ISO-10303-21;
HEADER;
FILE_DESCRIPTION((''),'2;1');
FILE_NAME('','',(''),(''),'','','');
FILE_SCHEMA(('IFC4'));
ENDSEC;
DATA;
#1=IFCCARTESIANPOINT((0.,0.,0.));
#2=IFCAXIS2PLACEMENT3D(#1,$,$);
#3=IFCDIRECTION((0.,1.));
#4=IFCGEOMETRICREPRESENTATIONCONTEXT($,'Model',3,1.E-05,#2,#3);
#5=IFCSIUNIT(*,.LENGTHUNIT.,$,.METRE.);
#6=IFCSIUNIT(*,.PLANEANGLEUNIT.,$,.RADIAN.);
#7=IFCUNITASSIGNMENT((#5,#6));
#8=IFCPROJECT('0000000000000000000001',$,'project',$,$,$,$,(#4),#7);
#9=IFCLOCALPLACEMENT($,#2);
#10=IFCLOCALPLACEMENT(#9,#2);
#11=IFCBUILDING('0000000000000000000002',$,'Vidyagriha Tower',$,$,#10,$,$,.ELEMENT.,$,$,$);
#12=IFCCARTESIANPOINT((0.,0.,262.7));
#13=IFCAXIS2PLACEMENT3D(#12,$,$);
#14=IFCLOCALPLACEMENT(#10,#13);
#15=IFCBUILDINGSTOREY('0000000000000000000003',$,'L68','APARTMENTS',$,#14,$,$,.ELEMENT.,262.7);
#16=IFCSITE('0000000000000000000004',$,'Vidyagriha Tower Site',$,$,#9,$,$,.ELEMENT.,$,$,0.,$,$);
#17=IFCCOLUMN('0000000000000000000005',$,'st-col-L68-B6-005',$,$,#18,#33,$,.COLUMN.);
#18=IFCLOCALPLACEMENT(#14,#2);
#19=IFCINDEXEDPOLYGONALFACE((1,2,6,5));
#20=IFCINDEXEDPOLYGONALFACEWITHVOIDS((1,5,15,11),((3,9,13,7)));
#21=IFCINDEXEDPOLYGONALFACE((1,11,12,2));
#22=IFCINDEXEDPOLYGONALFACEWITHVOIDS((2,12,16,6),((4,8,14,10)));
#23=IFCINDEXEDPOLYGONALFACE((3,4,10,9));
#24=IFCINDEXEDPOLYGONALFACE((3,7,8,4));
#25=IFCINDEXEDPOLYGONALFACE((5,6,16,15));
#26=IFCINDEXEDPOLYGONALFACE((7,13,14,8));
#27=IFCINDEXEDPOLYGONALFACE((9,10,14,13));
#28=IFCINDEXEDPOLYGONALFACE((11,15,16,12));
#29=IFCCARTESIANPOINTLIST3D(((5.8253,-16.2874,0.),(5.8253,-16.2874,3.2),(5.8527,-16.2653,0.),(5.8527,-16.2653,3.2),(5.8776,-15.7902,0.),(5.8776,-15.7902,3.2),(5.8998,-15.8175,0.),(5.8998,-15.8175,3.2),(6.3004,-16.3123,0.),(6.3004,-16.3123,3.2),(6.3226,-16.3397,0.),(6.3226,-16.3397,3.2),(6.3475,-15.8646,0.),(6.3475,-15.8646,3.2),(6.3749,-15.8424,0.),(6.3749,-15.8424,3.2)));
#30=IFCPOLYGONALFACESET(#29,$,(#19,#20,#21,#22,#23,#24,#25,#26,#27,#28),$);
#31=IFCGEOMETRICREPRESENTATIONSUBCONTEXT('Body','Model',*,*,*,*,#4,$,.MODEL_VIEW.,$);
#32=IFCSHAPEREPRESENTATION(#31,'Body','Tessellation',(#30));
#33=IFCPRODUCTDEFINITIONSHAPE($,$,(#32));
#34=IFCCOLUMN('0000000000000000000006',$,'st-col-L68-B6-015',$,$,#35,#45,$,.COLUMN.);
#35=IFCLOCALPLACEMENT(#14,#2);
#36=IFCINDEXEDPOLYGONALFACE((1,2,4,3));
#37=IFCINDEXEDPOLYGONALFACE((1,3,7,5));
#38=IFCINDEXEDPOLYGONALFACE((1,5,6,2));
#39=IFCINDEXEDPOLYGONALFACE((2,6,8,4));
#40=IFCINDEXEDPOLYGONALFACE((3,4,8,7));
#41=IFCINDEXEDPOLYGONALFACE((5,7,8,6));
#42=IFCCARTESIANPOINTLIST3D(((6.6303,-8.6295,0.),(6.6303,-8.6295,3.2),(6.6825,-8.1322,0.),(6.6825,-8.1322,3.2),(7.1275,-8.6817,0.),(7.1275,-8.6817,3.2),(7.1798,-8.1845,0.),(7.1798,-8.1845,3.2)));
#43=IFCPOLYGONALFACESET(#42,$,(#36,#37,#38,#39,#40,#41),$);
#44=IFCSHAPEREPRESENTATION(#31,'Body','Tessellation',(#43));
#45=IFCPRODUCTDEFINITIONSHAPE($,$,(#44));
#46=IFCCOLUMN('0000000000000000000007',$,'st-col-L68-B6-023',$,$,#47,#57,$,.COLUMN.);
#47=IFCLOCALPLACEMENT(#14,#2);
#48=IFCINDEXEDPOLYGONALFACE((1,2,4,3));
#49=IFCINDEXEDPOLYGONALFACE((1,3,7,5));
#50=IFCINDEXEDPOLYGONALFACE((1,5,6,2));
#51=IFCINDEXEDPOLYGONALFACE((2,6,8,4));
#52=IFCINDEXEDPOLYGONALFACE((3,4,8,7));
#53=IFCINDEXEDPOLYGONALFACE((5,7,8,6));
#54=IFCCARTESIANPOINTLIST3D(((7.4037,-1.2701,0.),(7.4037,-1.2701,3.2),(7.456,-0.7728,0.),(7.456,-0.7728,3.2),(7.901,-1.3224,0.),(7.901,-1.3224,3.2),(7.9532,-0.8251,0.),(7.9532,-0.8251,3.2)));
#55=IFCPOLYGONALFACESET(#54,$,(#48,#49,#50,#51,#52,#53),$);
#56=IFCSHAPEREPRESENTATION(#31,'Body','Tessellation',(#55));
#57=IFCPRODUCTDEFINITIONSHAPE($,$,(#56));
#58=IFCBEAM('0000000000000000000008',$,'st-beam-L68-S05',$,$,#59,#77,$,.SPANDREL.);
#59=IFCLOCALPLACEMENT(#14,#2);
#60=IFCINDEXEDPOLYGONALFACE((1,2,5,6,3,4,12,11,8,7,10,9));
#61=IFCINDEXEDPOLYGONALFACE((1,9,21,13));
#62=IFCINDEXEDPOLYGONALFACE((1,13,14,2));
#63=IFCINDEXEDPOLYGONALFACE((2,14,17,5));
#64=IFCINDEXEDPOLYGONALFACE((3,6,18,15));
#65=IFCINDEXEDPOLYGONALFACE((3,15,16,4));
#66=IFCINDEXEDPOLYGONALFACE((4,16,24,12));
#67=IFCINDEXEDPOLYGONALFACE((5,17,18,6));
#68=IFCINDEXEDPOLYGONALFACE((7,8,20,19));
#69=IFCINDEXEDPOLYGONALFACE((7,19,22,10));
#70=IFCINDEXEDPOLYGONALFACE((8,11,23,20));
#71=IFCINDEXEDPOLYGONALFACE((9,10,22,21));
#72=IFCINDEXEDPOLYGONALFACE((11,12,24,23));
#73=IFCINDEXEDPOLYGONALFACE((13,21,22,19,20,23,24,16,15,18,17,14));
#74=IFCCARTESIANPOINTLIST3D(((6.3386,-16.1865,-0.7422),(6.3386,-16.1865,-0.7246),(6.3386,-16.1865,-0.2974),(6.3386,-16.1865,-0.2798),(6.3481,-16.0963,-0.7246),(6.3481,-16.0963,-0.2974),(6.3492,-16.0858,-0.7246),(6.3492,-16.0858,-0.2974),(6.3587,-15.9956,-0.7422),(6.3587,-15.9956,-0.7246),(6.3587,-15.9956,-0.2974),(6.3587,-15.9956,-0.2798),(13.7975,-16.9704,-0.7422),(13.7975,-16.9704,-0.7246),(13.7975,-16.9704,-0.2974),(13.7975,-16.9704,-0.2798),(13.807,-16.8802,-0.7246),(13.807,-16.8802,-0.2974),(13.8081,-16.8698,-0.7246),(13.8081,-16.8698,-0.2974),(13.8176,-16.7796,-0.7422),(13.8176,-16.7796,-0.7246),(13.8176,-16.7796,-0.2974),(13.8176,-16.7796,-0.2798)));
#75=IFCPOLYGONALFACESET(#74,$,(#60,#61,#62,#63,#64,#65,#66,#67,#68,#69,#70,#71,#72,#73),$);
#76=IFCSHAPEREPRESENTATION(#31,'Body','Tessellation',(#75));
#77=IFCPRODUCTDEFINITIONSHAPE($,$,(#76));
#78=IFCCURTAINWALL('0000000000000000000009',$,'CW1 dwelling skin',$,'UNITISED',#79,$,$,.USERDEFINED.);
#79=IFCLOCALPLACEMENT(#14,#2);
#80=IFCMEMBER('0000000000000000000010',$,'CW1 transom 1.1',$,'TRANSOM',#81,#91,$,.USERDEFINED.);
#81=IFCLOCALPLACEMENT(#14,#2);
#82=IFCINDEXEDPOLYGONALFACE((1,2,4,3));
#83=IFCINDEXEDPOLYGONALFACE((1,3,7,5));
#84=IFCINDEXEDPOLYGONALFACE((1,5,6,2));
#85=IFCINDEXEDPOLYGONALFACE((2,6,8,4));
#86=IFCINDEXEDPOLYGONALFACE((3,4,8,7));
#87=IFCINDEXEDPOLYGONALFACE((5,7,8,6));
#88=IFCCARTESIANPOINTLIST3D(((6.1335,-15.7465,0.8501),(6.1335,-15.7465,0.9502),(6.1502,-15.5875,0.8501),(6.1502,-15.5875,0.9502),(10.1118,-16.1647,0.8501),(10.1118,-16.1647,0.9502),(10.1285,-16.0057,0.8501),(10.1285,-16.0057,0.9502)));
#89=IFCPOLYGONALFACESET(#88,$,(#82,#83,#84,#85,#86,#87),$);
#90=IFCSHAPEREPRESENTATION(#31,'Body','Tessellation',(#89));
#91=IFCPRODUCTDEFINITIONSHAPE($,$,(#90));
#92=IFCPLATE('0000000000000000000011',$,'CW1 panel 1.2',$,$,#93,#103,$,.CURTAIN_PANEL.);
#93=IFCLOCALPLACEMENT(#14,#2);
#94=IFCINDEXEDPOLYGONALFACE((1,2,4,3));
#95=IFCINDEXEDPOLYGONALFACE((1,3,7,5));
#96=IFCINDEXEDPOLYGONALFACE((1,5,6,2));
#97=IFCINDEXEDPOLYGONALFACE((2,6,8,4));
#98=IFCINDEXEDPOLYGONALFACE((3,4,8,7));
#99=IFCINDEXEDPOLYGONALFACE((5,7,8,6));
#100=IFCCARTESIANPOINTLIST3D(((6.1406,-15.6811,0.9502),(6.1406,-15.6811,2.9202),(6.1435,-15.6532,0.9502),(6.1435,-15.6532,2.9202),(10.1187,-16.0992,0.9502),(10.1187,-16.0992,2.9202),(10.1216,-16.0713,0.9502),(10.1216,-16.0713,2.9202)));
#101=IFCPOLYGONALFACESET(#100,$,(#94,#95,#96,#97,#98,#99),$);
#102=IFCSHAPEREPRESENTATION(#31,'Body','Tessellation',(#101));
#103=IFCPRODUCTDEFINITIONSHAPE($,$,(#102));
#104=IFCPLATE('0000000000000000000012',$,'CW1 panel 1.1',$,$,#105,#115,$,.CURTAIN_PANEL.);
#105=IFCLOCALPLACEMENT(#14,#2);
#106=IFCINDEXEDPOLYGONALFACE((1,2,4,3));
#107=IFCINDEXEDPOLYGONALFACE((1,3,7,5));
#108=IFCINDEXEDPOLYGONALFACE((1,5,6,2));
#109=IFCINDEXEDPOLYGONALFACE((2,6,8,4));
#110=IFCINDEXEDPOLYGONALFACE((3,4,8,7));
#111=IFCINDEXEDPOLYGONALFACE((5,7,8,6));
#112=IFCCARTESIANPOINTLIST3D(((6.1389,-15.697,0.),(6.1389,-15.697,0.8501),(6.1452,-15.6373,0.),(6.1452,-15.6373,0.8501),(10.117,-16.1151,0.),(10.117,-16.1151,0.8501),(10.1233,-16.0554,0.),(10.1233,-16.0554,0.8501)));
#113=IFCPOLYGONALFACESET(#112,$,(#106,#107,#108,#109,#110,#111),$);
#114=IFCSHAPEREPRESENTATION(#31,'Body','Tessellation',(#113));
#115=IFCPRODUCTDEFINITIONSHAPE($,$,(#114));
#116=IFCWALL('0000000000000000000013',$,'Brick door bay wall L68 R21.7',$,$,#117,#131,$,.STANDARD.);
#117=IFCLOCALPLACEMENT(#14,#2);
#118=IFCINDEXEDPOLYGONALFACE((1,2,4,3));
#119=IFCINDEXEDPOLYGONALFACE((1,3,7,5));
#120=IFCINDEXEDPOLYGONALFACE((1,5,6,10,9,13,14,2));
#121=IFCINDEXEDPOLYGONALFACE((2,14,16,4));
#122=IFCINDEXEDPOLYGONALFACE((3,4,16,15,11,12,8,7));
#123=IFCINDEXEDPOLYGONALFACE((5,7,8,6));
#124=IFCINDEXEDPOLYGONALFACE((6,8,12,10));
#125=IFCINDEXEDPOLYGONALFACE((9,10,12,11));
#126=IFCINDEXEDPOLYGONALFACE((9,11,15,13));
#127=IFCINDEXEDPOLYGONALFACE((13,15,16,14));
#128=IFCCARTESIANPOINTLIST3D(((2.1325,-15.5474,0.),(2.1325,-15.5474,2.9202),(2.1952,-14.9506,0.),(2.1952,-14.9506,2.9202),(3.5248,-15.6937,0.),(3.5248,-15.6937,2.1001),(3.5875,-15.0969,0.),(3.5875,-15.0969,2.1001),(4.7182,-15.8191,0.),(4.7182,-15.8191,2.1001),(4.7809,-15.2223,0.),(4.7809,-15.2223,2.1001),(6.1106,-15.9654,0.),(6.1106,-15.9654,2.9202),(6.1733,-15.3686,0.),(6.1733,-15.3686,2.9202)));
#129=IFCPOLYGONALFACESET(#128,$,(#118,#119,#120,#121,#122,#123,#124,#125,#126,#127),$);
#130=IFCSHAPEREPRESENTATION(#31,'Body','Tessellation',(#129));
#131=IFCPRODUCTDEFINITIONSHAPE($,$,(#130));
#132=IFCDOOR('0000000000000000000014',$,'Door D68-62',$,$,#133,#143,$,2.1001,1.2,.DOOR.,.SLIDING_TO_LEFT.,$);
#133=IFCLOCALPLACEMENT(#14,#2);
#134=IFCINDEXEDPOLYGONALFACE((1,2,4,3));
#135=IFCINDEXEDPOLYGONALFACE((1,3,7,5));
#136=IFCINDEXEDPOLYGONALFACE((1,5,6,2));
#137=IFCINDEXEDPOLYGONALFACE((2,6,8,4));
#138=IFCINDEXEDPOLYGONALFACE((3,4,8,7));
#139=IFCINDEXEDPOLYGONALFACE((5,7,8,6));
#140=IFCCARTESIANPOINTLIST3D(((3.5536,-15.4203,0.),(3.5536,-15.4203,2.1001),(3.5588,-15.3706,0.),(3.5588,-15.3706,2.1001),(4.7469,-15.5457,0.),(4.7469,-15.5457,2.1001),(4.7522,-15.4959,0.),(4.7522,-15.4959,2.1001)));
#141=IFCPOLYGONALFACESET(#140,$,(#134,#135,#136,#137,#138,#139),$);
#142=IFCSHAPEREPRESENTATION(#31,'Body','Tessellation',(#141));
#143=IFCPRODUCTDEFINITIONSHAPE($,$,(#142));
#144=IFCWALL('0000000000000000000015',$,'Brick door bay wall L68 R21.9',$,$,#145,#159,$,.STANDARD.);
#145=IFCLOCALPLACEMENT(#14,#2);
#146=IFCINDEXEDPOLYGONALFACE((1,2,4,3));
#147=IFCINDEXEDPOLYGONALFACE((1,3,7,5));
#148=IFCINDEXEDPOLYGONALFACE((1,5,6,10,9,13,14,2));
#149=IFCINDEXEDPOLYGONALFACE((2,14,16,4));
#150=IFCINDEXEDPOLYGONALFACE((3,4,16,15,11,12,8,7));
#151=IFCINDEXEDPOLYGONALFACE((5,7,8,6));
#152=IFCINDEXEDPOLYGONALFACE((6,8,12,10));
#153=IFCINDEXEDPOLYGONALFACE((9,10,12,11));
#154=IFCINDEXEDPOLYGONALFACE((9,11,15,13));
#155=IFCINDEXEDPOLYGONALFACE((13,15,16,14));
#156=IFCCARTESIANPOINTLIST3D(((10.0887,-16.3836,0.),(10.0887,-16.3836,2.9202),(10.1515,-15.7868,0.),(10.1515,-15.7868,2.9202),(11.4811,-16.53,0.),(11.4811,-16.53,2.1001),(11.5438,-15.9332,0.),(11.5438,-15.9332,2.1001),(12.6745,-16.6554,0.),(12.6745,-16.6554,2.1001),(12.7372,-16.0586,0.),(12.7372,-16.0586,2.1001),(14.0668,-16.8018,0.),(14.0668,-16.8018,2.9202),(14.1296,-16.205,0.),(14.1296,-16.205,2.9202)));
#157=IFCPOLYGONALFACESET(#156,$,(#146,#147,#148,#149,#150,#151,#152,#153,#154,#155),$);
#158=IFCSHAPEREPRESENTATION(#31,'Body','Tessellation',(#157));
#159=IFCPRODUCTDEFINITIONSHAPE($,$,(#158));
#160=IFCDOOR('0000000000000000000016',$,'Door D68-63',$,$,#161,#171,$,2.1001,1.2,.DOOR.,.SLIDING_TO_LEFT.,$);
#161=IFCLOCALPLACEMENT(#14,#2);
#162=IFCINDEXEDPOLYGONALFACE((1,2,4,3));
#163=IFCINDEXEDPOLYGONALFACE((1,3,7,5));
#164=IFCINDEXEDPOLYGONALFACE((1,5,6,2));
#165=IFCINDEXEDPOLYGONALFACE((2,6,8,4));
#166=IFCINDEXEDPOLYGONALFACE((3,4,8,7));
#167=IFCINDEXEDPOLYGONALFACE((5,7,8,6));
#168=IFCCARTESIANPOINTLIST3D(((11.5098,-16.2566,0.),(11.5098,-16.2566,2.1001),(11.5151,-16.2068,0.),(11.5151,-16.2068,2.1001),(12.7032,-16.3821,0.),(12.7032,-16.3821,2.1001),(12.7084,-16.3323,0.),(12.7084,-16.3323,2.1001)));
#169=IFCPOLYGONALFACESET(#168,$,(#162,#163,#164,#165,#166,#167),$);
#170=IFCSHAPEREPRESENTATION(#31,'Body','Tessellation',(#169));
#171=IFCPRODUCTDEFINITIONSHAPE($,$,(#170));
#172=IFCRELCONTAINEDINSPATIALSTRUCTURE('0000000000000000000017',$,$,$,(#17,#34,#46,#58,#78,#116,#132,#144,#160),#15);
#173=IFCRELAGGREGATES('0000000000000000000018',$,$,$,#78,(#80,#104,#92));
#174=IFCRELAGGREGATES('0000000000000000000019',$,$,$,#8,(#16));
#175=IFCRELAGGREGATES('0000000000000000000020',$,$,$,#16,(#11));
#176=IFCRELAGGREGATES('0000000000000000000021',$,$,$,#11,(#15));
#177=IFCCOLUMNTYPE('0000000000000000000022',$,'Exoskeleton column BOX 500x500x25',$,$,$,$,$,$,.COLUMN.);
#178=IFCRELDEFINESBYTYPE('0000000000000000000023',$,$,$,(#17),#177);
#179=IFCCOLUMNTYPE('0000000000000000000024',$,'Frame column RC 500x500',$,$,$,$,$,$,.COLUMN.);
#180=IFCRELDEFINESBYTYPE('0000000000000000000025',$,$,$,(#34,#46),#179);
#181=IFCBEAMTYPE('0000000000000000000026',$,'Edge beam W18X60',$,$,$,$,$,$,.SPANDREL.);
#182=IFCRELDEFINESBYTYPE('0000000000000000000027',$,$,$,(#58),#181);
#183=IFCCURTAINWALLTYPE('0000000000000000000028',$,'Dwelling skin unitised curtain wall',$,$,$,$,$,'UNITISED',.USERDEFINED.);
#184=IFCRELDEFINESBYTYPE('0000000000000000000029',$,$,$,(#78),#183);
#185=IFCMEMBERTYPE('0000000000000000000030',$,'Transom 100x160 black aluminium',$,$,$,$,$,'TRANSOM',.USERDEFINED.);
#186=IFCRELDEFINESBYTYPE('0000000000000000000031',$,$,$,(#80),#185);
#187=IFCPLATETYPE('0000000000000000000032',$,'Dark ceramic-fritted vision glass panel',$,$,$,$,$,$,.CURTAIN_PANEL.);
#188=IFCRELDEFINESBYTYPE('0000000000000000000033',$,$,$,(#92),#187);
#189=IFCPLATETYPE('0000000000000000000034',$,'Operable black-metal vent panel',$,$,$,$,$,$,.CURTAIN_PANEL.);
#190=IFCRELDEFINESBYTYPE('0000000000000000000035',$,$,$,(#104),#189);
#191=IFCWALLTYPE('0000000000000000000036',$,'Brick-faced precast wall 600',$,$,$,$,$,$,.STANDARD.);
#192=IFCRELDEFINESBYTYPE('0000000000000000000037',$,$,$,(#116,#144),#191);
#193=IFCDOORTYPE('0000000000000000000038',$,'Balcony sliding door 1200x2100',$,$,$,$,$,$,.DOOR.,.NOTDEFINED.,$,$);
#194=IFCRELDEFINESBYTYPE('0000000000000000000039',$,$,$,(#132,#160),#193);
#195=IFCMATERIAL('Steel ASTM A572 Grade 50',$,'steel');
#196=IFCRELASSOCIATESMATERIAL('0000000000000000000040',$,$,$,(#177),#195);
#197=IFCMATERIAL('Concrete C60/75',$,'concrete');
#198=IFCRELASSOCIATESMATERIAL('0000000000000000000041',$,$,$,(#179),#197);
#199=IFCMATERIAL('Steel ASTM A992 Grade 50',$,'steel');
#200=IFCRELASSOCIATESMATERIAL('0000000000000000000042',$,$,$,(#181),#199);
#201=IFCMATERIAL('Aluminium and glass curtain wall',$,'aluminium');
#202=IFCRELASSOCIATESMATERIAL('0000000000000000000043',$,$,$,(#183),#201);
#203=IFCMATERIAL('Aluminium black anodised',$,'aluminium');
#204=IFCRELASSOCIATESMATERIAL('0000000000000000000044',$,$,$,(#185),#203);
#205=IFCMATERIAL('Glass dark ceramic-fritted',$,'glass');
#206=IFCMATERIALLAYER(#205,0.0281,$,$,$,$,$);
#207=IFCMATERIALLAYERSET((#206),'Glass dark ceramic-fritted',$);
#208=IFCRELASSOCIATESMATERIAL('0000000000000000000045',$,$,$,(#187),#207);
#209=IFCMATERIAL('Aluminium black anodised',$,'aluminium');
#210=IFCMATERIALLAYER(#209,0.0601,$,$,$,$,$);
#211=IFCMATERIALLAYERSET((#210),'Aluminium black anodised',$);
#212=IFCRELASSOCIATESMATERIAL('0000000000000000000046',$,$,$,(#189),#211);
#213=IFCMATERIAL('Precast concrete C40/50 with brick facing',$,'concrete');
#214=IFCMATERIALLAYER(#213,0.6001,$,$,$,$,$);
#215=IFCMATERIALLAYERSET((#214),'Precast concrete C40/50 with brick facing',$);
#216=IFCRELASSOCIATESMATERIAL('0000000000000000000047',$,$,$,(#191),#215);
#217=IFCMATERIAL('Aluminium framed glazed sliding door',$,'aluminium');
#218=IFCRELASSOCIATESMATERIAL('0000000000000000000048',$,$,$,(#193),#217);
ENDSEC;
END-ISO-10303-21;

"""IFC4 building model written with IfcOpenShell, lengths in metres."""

from ifc_helpers import new_model, si_unit, direction, frame, frame_2d, origin, origin_2d, place, context, subcontext, project, spatial, rectangle, hollow_rectangle, i_section, extrude, material, layer, layer_set, material_profile, profile_set, type_object, element, fill, aggregate, save


model = new_model("IFC4")

# Units and contexts
model_context = context("Model", 3, precision=1e-05, world=origin(), true_north=direction((0.0, 1.0)))
body_context = subcontext(model_context, "Body", "Model", "MODEL_VIEW")
ifc_project = project(units=[si_unit("LENGTHUNIT", "METRE"), si_unit("PLANEANGLEUNIT", "RADIAN")], contexts=[model_context])

# Site, building, storey
site_placement = place(None, origin())
site = spatial("IfcSite", under=ifc_project, at=site_placement, Name="Vidyagriha Tower Site", CompositionType="ELEMENT", RefElevation=0.0)
building_placement = place(site_placement, origin())
building = spatial("IfcBuilding", under=site, at=building_placement, Name="Vidyagriha Tower", CompositionType="ELEMENT")
storey_placement = place(building_placement, frame((0.0, 0.0, 262.7)))
storey = spatial("IfcBuildingStorey", under=building, at=storey_placement, Name="L68", Description="APARTMENTS", CompositionType="ELEMENT", Elevation=262.7)

# Columns
ifc_material_1 = material(Name="Steel ASTM A572 Grade 50", Category="steel")
ifc_material_profile_1 = material_profile(ifc_material_1, hollow_rectangle(XDim=0.5, YDim=0.5, WallThickness=0.0249, at=origin_2d()), Name="BOX 500x500x25")
ifc_profile_set_1 = profile_set([ifc_material_profile_1], Name="Steel ASTM A572 Grade 50")
column_type_1 = type_object("IfcColumnType", Name="Exoskeleton column BOX 500x500x25", PredefinedType="COLUMN", material=ifc_profile_set_1)
column_placement = place(storey_placement, frame((6.1001, -16.0649, 0.0), z_axis=(0.0, 0.0, 1.0), x_axis=(0.994522, -0.104528, 0.0)))
element("IfcColumn", 1, at=column_placement, inside=storey, type_object=column_type_1, Name="st-col-L68-B6-005", PredefinedType="COLUMN", context=body_context, shape_type="SweptSolid", body=[
    extrude(hollow_rectangle(XDim=0.5, YDim=0.5, WallThickness=0.0249, at=origin_2d()), origin(), (0.0, 0.0, 1.0), 3.2),
])
ifc_material_2 = material(Name="Concrete C60/75", Category="concrete")
ifc_material_profile_2 = material_profile(ifc_material_2, rectangle(XDim=0.5, YDim=0.5, at=origin_2d()), Name="RC 500x500")
ifc_profile_set_2 = profile_set([ifc_material_profile_2], Name="Concrete C60/75")
column_type_2 = type_object("IfcColumnType", Name="Frame column RC 500x500", PredefinedType="COLUMN", material=ifc_profile_set_2)
for number, where, z_axis, x_axis, name in (
    (2, (6.905, -8.407, 0.0), (0.0, 0.0, 1.0), (0.994522, -0.104528, 0.0), "st-col-L68-B6-015"),
    (3, (7.6785, -1.0476, 0.0), (0.0, 0.0, 1.0), (0.994522, -0.104528, 0.0), "st-col-L68-B6-023"),
):
    element("IfcColumn", number, at=place(storey_placement, frame(where, z_axis=z_axis, x_axis=x_axis)), inside=storey, type_object=column_type_2, Name=name, PredefinedType="COLUMN", context=body_context, shape_type="SweptSolid", body=[
        extrude(rectangle(XDim=0.5, YDim=0.5, at=origin_2d()), origin(), (0.0, 0.0, 1.0), 3.2),
    ])

# Beam
ifc_material_3 = material(Name="Steel ASTM A992 Grade 50", Category="steel")
ifc_material_profile_3 = material_profile(ifc_material_3, i_section(OverallWidth=0.1919, OverallDepth=0.4624, WebThickness=0.0105, FlangeThickness=0.0176, at=origin_2d()), Name="W18X60")
ifc_profile_set_3 = profile_set([ifc_material_profile_3], Name="Steel ASTM A992 Grade 50")
beam_type = type_object("IfcBeamType", Name="Edge beam W18X60", PredefinedType="SPANDREL", material=ifc_profile_set_3)
beam_placement = place(storey_placement, frame((6.3486, -16.0911, -0.511), z_axis=(0.994522, -0.104524, 0.0), x_axis=(0.104524, 0.994522, 0.0)))
element("IfcBeam", 4, at=beam_placement, inside=storey, type_object=beam_type, Name="st-beam-L68-S05", PredefinedType="SPANDREL", context=body_context, shape_type="SweptSolid", body=[
    extrude(i_section(OverallWidth=0.1919, OverallDepth=0.4624, WebThickness=0.0105, FlangeThickness=0.0176, at=origin_2d()), origin(), (0.0, 0.0, 1.0), 7.5),
])

# Curtain wall, member, plates
ifc_material_4 = material(Name="Aluminium and glass curtain wall", Category="aluminium")
curtain_wall_type = type_object("IfcCurtainWallType", Name="Dwelling skin unitised curtain wall", ElementType="UNITISED", PredefinedType="USERDEFINED", material=ifc_material_4)
curtain_wall_placement = place(storey_placement, origin())
curtain_wall = element("IfcCurtainWall", 5, at=curtain_wall_placement, inside=storey, type_object=curtain_wall_type, Name="CW1 dwelling skin", ObjectType="UNITISED", PredefinedType="USERDEFINED")
ifc_material_5 = material(Name="Aluminium black anodised", Category="aluminium")
ifc_material_profile_4 = material_profile(ifc_material_5, rectangle(XDim=0.1599, YDim=0.1001, at=origin_2d()), Name="Transom 100x160 black aluminium")
ifc_profile_set_4 = profile_set([ifc_material_profile_4], Name="Aluminium black anodised")
member_type = type_object("IfcMemberType", Name="Transom 100x160 black aluminium", ElementType="TRANSOM", PredefinedType="USERDEFINED", material=ifc_profile_set_4)
member_placement = place(storey_placement, frame((6.1418, -15.667, 0.9001), z_axis=(0.99452, -0.104548, 0.0), x_axis=(0.104548, 0.99452, 0.0)))
member = element("IfcMember", 6, at=member_placement, type_object=member_type, Name="CW1 transom 1.1", ObjectType="TRANSOM", PredefinedType="USERDEFINED", context=body_context, shape_type="SweptSolid", body=[
    extrude(rectangle(XDim=0.1599, YDim=0.1001, at=origin_2d()), origin(), (0.0, 0.0, 1.0), 4.0002),
])
ifc_material_6 = material(Name="Glass dark ceramic-fritted", Category="glass")
ifc_layer_1 = layer(ifc_material_6, 0.0281)
ifc_layer_set_1 = layer_set([ifc_layer_1], Name="Glass dark ceramic-fritted")
plate_type_1 = type_object("IfcPlateType", Name="Dark ceramic-fritted vision glass panel", PredefinedType="CURTAIN_PANEL", material=ifc_layer_set_1)
plate_1_placement = place(storey_placement, frame((8.1311, -15.8762, 0.9502), z_axis=(0.0, 0.0, 1.0), x_axis=(0.994522, -0.104525, 0.0)))
plate_1 = element("IfcPlate", 7, at=plate_1_placement, type_object=plate_type_1, Name="CW1 panel 1.2", PredefinedType="CURTAIN_PANEL", context=body_context, shape_type="SweptSolid", body=[
    extrude(rectangle(XDim=4.0, YDim=0.0281, at=origin_2d()), origin(), (0.0, 0.0, 1.0), 1.97),
])
ifc_material_7 = material(Name="Aluminium black anodised", Category="aluminium")
ifc_layer_2 = layer(ifc_material_7, 0.0601)
ifc_layer_set_2 = layer_set([ifc_layer_2], Name="Aluminium black anodised")
plate_type_2 = type_object("IfcPlateType", Name="Operable black-metal vent panel", PredefinedType="CURTAIN_PANEL", material=ifc_layer_set_2)
plate_2_placement = place(storey_placement, frame((8.1311, -15.8762, 0.0), z_axis=(0.0, 0.0, 1.0), x_axis=(0.994522, -0.104525, 0.0)))
plate_2 = element("IfcPlate", 8, at=plate_2_placement, type_object=plate_type_2, Name="CW1 panel 1.1", PredefinedType="CURTAIN_PANEL", context=body_context, shape_type="SweptSolid", body=[
    extrude(rectangle(XDim=4.0, YDim=0.0601, at=origin_2d()), origin(), (0.0, 0.0, 1.0), 0.8501),
])
aggregate(curtain_wall, [member, plate_2, plate_1])

# Walls, openings, doors
ifc_material_8 = material(Name="Precast concrete C40/50 with brick facing", Category="concrete")
ifc_layer_3 = layer(ifc_material_8, 0.6001)
ifc_layer_set_3 = layer_set([ifc_layer_3], Name="Precast concrete C40/50 with brick facing")
wall_type_1 = type_object("IfcWallType", Name="Brick-faced precast wall 600", PredefinedType="STANDARD", material=ifc_layer_set_3)
wall_1_placement = place(storey_placement, frame((2.1638, -15.249, 0.0), z_axis=(0.0, 0.0, 1.0), x_axis=(0.994526, -0.104494, 0.0)))
wall_1 = element("IfcWall", 9, at=wall_1_placement, inside=storey, type_object=wall_type_1, Name="Brick door bay wall L68 R21.7", PredefinedType="STANDARD", context=body_context, shape_type="SweptSolid", body=[
    extrude(rectangle(XDim=4.0, YDim=0.6001, at=frame_2d((2.0, 0.0))), origin(), (0.0, 0.0, 1.0), 2.9202),
])
opening_1_placement = place(wall_1_placement, frame((1.3999, 0.0, 0.0)))
opening_1 = element("IfcOpeningElement", 10, at=opening_1_placement, cuts=wall_1, PredefinedType="OPENING", context=body_context, shape_type="SweptSolid", body=[
    extrude(rectangle(XDim=1.2, YDim=2.1001, at=frame_2d((0.6001, 1.05))), frame((0.0, 0.3101, 0.0), z_axis=(0.0, -1.0, 0.0), x_axis=(1.0, 0.0, 0.0)), (0.0, 0.0, 1.0), 0.6201),
])
ifc_material_9 = material(Name="Aluminium framed glazed sliding door", Category="aluminium")
door_type_1 = type_object("IfcDoorType", Name="Balcony sliding door 1200x2100", OperationType="NOTDEFINED", PredefinedType="DOOR", material=ifc_material_9)
door_1_placement = place(opening_1_placement, origin())
door_1 = element("IfcDoor", 11, at=door_1_placement, inside=storey, type_object=door_type_1, Name="Door D68-62", OperationType="SLIDING_TO_LEFT", OverallHeight=2.1001, OverallWidth=1.2, PredefinedType="DOOR", context=body_context, shape_type="SweptSolid", body=[
    extrude(rectangle(XDim=1.2, YDim=2.1001, at=frame_2d((0.6001, 1.05))), frame((0.0, 0.0249, 0.0), z_axis=(0.0, -1.0, 0.0), x_axis=(1.0, 0.0, 0.0)), (0.0, 0.0, 1.0), 0.05),
])
fill(opening_1, door_1)
wall_2_placement = place(storey_placement, frame((10.1201, -16.0852, 0.0), z_axis=(0.0, 0.0, 1.0), x_axis=(0.994519, -0.104555, 0.0)))
wall_2 = element("IfcWall", 12, at=wall_2_placement, inside=storey, type_object=wall_type_1, Name="Brick door bay wall L68 R21.9", PredefinedType="STANDARD", context=body_context, shape_type="SweptSolid", body=[
    extrude(rectangle(XDim=4.0, YDim=0.6001, at=frame_2d((2.0, 0.0))), origin(), (0.0, 0.0, 1.0), 2.9202),
])
opening_2_placement = place(wall_2_placement, frame((1.3999, 0.0, 0.0)))
opening_2 = element("IfcOpeningElement", 13, at=opening_2_placement, cuts=wall_2, PredefinedType="OPENING", context=body_context, shape_type="SweptSolid", body=[
    extrude(rectangle(XDim=1.2, YDim=2.1001, at=frame_2d((0.6001, 1.05))), frame((0.0, 0.3101, 0.0), z_axis=(0.0, -1.0, 0.0), x_axis=(1.0, 0.0, 0.0)), (0.0, 0.0, 1.0), 0.6201),
])
door_2_placement = place(opening_2_placement, origin())
door_2 = element("IfcDoor", 14, at=door_2_placement, inside=storey, type_object=door_type_1, Name="Door D68-63", OperationType="SLIDING_TO_LEFT", OverallHeight=2.1001, OverallWidth=1.2, PredefinedType="DOOR", context=body_context, shape_type="SweptSolid", body=[
    extrude(rectangle(XDim=1.2, YDim=2.1001, at=frame_2d((0.6001, 1.05))), frame((0.0, 0.0249, 0.0), z_axis=(0.0, -1.0, 0.0), x_axis=(1.0, 0.0, 0.0)), (0.0, 0.0, 1.0), 0.05),
])
fill(opening_2, door_2)

save(model, "model.ifc")
